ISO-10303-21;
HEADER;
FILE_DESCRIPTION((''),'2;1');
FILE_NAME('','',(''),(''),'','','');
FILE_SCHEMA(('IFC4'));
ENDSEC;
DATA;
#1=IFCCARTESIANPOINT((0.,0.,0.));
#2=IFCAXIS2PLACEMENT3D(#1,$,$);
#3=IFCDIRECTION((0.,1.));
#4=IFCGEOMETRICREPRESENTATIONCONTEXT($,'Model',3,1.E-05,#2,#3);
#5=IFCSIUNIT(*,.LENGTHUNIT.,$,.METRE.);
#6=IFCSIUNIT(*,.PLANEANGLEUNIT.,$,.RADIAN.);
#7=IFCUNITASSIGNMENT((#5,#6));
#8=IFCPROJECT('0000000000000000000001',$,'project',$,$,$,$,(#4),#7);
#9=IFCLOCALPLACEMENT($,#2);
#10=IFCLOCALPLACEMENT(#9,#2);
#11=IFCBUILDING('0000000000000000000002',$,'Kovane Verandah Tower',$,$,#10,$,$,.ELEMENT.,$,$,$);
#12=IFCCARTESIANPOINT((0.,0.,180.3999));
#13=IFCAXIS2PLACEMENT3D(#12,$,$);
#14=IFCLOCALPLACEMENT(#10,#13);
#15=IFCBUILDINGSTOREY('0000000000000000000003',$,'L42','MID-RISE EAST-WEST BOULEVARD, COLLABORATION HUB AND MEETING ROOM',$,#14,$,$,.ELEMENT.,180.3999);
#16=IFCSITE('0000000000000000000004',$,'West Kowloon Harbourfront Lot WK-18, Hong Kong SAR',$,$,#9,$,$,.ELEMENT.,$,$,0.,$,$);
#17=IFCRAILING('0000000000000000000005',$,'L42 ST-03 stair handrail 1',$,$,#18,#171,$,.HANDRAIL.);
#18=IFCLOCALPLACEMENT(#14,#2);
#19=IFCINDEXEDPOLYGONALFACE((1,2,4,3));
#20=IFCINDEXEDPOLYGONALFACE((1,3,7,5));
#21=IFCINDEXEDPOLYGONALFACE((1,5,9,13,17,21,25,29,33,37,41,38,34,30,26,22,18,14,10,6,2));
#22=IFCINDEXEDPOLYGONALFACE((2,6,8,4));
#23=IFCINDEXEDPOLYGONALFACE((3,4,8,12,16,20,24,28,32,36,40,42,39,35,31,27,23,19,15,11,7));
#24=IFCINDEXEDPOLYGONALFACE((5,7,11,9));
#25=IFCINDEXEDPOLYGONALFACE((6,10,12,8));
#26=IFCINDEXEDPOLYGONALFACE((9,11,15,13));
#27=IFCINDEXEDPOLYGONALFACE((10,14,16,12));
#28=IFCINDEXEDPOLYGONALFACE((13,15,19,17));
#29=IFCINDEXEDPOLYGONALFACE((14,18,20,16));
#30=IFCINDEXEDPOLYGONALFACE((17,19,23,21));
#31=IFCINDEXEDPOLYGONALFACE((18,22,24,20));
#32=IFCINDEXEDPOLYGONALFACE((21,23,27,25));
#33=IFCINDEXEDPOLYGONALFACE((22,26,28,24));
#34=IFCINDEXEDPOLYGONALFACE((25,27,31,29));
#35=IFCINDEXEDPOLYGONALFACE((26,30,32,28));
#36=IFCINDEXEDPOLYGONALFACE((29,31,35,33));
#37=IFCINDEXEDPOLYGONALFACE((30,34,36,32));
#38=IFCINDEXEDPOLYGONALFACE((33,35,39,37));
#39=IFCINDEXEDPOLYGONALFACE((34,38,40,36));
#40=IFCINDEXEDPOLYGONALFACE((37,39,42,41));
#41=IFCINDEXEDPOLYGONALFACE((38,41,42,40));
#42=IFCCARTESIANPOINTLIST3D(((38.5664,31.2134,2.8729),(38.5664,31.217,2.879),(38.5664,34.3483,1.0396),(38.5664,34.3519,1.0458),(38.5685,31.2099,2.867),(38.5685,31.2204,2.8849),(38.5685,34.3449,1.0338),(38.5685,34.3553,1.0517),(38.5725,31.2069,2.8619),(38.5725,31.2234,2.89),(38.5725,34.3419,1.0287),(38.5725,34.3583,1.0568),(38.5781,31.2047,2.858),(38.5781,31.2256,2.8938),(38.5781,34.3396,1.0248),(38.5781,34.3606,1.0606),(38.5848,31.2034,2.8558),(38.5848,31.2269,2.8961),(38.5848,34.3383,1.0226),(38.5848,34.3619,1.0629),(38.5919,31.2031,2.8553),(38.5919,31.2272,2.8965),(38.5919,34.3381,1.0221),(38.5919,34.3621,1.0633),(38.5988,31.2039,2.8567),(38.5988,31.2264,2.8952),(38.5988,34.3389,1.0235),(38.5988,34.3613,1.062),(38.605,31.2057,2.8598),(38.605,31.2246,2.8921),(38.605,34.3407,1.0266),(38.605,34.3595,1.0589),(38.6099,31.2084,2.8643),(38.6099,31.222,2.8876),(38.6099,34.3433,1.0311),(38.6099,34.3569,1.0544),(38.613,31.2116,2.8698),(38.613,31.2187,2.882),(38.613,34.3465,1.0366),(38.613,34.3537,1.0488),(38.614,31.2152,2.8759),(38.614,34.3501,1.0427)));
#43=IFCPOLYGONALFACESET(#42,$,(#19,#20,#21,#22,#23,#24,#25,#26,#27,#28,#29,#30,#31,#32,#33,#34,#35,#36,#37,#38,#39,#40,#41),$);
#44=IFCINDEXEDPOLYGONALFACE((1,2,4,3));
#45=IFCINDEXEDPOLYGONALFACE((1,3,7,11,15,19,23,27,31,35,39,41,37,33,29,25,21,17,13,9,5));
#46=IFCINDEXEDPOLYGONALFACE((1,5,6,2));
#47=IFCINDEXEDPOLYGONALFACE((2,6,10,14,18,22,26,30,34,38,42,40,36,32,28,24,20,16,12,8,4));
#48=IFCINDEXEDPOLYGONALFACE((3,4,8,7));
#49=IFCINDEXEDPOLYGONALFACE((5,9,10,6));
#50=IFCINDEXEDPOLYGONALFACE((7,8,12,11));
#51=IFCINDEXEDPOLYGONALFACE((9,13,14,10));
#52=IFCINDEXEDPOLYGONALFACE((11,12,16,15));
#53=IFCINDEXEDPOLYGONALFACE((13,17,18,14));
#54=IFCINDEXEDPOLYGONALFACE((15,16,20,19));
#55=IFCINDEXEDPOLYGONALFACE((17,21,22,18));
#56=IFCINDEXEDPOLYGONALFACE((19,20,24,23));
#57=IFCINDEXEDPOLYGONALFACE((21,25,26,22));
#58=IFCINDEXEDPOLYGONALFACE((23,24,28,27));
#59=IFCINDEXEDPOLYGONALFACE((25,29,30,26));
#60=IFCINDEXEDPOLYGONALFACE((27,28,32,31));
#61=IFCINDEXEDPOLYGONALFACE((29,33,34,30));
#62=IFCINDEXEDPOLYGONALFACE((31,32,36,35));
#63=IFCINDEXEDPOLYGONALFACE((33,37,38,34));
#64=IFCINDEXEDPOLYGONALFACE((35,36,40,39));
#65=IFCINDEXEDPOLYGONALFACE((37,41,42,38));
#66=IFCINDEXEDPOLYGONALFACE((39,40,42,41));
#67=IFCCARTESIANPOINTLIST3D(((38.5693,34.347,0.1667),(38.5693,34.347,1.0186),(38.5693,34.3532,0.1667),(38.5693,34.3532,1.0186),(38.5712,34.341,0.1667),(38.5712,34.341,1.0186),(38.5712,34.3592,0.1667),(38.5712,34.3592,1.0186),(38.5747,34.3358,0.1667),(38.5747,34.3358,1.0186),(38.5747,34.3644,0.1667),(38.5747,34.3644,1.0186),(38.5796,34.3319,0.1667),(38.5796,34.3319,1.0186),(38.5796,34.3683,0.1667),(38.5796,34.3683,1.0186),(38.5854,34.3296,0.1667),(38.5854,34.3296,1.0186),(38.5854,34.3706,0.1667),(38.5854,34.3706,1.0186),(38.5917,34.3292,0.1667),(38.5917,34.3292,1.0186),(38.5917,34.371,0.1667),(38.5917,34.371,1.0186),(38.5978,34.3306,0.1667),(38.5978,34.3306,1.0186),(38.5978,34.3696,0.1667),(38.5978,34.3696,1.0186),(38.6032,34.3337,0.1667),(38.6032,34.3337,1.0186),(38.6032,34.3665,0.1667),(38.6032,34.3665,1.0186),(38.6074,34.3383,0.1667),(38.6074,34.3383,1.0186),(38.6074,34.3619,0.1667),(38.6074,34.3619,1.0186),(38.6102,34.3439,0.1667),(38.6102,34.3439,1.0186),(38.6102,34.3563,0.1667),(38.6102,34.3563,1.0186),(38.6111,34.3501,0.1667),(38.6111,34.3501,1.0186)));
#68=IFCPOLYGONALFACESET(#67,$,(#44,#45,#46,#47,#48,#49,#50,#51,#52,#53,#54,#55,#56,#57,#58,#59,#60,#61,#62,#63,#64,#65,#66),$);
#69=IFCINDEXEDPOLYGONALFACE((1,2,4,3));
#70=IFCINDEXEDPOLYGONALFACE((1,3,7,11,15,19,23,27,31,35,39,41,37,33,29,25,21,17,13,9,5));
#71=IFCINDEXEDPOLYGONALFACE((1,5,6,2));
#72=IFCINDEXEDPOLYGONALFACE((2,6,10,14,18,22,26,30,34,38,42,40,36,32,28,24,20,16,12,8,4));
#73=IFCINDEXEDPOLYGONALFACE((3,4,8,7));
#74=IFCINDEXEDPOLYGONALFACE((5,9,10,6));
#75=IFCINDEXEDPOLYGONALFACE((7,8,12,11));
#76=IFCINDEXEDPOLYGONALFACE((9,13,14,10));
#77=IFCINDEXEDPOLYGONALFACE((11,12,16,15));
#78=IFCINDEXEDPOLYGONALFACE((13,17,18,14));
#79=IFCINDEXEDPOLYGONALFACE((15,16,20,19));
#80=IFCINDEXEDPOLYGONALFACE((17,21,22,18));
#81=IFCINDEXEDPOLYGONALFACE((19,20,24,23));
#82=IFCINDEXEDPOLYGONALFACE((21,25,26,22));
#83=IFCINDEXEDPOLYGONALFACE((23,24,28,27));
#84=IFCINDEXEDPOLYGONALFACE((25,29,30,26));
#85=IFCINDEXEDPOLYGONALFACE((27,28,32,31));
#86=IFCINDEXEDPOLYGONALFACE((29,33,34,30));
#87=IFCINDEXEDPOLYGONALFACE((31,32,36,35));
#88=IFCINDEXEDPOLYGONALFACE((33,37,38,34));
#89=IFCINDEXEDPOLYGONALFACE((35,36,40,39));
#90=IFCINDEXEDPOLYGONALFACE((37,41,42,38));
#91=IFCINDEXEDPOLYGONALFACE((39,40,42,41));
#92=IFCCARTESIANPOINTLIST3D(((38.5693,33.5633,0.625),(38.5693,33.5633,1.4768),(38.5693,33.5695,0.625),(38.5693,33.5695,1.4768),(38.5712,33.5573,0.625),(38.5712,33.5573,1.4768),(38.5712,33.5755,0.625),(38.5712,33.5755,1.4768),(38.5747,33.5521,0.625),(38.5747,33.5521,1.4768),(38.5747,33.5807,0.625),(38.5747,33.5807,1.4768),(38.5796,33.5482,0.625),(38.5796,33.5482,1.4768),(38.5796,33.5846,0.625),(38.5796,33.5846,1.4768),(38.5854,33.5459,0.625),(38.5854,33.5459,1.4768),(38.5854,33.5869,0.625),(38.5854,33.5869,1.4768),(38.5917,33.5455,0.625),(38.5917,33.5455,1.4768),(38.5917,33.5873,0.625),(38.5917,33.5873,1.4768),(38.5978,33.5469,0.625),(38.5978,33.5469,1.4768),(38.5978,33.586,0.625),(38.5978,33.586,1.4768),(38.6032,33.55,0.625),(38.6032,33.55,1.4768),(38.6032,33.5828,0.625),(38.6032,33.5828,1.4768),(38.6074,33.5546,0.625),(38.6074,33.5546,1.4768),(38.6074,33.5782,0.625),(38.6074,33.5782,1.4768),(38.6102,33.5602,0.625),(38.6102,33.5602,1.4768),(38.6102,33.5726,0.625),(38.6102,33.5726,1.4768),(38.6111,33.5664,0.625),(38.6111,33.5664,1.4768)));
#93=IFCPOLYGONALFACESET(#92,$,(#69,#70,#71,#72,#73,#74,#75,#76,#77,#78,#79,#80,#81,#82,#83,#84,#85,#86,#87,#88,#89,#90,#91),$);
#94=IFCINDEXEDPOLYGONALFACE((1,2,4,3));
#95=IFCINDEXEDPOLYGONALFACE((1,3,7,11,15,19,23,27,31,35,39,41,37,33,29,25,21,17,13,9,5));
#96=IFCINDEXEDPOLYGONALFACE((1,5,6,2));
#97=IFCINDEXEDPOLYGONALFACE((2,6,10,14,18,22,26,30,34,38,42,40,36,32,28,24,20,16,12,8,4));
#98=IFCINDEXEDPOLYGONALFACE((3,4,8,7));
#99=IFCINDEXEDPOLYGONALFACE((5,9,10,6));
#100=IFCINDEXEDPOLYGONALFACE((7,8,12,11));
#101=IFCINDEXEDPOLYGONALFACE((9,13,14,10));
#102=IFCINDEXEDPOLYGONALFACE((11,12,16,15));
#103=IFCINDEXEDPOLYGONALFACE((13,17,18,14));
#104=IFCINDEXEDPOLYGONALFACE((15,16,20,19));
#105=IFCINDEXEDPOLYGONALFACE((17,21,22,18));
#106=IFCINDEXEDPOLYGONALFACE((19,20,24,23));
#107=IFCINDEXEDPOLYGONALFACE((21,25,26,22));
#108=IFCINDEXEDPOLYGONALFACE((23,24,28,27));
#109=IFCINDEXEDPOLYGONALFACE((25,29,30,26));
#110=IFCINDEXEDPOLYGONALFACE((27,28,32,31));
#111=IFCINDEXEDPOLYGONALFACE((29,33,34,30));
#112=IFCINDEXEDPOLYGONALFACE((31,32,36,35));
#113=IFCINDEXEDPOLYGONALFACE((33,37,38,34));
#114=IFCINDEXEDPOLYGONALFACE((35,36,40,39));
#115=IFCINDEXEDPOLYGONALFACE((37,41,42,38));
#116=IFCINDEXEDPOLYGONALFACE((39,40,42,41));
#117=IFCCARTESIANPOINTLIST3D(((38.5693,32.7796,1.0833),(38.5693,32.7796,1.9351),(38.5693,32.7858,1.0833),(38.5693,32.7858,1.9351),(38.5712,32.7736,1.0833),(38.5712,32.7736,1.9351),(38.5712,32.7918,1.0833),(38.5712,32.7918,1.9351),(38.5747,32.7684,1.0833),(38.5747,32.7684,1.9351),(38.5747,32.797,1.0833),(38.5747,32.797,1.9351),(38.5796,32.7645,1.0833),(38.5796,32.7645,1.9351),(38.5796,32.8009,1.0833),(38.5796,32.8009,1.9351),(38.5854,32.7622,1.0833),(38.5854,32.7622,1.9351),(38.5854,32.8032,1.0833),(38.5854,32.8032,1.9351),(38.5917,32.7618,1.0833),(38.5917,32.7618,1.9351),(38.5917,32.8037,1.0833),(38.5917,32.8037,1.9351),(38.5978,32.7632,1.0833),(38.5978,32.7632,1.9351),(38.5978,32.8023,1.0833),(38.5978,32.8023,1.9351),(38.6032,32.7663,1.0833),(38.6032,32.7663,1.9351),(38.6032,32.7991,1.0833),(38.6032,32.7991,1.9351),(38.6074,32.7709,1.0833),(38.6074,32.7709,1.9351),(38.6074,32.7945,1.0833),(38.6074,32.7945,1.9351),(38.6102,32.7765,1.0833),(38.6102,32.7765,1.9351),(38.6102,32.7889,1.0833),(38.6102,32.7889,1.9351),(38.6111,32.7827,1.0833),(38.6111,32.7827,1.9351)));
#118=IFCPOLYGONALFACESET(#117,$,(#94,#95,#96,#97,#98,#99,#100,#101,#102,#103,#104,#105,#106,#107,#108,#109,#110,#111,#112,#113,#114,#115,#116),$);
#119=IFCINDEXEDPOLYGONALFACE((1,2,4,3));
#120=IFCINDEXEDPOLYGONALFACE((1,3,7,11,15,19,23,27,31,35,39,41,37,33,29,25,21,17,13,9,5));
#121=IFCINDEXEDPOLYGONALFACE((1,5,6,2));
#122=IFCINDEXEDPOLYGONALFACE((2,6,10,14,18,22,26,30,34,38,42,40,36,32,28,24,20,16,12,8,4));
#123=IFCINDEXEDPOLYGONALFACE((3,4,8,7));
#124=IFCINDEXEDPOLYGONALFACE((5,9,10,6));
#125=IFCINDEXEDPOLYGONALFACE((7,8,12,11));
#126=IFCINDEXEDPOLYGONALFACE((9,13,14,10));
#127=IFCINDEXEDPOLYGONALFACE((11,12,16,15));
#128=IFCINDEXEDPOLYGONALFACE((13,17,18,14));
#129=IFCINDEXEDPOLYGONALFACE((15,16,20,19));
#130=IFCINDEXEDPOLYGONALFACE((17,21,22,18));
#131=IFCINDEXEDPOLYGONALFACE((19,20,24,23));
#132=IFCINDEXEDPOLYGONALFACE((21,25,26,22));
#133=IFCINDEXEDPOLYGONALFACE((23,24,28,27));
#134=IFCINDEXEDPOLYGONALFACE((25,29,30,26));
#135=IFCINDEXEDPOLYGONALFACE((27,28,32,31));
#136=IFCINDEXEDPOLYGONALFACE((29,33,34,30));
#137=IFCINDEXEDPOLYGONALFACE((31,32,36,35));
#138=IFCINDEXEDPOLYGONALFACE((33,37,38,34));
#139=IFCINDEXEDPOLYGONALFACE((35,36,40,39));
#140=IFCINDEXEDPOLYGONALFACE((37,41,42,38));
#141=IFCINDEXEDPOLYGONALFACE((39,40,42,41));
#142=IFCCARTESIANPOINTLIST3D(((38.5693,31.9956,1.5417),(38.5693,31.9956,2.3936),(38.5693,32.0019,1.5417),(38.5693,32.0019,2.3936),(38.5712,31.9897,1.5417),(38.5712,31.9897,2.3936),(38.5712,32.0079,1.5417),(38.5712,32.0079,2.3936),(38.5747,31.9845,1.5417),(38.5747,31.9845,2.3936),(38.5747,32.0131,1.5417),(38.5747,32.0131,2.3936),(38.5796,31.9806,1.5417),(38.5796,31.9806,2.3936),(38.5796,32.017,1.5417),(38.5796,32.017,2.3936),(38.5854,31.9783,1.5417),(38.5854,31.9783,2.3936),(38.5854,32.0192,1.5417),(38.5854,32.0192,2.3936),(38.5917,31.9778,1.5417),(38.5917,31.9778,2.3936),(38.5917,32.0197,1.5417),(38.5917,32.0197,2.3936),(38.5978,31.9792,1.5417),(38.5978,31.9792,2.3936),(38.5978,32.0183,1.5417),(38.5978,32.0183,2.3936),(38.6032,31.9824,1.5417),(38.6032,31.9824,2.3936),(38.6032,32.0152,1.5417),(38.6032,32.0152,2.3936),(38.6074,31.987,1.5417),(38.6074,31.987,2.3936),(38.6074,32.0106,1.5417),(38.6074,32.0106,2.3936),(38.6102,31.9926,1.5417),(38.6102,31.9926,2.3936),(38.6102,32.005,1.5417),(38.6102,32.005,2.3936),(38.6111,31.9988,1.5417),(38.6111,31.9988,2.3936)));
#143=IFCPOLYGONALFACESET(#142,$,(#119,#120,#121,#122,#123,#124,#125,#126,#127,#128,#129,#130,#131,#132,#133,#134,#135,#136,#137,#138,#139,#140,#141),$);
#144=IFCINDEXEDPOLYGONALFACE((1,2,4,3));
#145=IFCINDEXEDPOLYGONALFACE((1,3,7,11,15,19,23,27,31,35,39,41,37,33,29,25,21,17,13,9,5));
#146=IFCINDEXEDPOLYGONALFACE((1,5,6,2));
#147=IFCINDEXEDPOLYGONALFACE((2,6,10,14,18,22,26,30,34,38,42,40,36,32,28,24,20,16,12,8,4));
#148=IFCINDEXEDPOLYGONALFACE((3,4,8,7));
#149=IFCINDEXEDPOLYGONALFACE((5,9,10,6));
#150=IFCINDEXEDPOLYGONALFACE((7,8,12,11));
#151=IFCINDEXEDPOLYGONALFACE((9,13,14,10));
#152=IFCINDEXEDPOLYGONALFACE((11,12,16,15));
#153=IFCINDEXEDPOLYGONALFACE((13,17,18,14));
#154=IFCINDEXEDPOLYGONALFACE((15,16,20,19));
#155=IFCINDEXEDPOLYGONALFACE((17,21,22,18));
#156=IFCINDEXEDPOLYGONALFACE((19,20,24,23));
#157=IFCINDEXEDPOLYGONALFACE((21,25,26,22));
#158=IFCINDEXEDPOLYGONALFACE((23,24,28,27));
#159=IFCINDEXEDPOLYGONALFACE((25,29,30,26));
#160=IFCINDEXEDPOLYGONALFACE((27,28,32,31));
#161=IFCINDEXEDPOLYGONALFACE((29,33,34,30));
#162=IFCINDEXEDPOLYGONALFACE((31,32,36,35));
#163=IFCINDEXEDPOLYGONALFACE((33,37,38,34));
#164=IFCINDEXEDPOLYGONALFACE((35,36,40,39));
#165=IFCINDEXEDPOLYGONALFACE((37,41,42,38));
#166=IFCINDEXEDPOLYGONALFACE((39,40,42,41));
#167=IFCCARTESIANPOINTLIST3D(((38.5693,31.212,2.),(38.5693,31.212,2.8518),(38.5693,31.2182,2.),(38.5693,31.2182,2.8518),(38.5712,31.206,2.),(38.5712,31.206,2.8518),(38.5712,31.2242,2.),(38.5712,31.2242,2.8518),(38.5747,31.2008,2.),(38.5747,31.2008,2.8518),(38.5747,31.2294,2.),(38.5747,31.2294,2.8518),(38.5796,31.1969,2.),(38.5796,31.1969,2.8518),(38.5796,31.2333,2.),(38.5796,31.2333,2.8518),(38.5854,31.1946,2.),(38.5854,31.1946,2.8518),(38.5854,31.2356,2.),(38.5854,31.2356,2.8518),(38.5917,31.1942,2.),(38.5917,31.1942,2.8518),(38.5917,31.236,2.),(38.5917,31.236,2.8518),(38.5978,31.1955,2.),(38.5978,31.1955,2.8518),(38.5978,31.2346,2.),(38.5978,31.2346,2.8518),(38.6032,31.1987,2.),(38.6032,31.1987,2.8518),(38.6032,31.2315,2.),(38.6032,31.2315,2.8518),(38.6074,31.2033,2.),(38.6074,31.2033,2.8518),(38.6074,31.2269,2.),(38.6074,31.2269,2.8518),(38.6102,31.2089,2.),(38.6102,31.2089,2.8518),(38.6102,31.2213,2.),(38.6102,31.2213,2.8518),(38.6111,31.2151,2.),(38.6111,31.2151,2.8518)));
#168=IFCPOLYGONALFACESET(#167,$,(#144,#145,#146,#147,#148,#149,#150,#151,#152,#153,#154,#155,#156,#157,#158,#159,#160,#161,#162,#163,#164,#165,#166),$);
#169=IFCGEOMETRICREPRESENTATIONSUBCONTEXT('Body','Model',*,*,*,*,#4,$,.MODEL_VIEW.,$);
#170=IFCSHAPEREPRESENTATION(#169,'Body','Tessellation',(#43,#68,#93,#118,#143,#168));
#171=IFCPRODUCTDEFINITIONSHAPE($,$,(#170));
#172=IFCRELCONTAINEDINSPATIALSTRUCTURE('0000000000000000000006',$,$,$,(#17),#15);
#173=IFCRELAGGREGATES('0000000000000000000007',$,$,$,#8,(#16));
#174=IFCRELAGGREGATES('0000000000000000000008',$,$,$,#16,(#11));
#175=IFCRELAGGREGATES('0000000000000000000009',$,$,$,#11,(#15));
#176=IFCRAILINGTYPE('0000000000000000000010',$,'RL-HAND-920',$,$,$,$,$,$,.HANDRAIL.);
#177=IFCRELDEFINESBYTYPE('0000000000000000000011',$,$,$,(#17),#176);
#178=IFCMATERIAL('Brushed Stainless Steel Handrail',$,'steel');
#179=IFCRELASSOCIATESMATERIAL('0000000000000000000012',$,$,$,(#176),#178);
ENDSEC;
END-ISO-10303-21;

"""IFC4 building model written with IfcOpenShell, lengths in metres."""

from ifc_helpers import new_model, si_unit, direction, frame, origin, origin_2d, place, context, subcontext, project, spatial, circle, extrude, material, type_object, element, save


model = new_model("IFC4")

# Units and contexts
model_context = context("Model", 3, precision=1e-05, world=origin(), true_north=direction((0.0, 1.0)))
body_context = subcontext(model_context, "Body", "Model", "MODEL_VIEW")
ifc_project = project(units=[si_unit("LENGTHUNIT", "METRE"), si_unit("PLANEANGLEUNIT", "RADIAN")], contexts=[model_context])

# Site, building, storey
site_placement = place(None, origin())
site = spatial("IfcSite", under=ifc_project, at=site_placement, Name="West Kowloon Harbourfront Lot WK-18, Hong Kong SAR", CompositionType="ELEMENT", RefElevation=0.0)
building_placement = place(site_placement, origin())
building = spatial("IfcBuilding", under=site, at=building_placement, Name="Kovane Verandah Tower", CompositionType="ELEMENT")
storey_placement = place(building_placement, frame((0.0, 0.0, 180.3999)))
storey = spatial("IfcBuildingStorey", under=building, at=storey_placement, Name="L42", Description="MID-RISE EAST-WEST BOULEVARD, COLLABORATION HUB AND MEETING ROOM", CompositionType="ELEMENT", Elevation=180.3999)

# Railing
ifc_material_1 = material(Name="Brushed Stainless Steel Handrail", Category="steel")
railing_type_1 = type_object("IfcRailingType", Name="RL-HAND-920", PredefinedType="HANDRAIL", material=ifc_material_1)
railing_1_placement = place(storey_placement, frame((38.5901, 34.3501, 0.1667)))
element("IfcRailing", 1, at=railing_1_placement, inside=storey, type_object=railing_type_1, Name="L42 ST-03 stair handrail 1", PredefinedType="HANDRAIL", context=body_context, shape_type="SweptSolid", body=[
    extrude(circle(Radius=0.0239, at=origin_2d()), frame((0.0, 0.0, 0.876), z_axis=(0.0, -0.86324, 0.504794), x_axis=(1.0, 0.0, 0.0)), (0.0, 0.0, 1.0), 3.6316),
    extrude(circle(Radius=0.021, at=origin_2d()), origin(), (0.0, 0.0, 1.0), 0.8518),
    extrude(circle(Radius=0.021, at=origin_2d()), frame((0.0, -0.7837, 0.4583)), (0.0, 0.0, 1.0), 0.8518),
    extrude(circle(Radius=0.021, at=origin_2d()), frame((0.0, -1.5674, 0.9165)), (0.0, 0.0, 1.0), 0.8518),
    extrude(circle(Radius=0.021, at=origin_2d()), frame((0.0, -2.3513, 1.375)), (0.0, 0.0, 1.0), 0.8518),
    extrude(circle(Radius=0.021, at=origin_2d()), frame((0.0, -3.135, 1.8333)), (0.0, 0.0, 1.0), 0.8518),
])

save(model, "model.ifc")
